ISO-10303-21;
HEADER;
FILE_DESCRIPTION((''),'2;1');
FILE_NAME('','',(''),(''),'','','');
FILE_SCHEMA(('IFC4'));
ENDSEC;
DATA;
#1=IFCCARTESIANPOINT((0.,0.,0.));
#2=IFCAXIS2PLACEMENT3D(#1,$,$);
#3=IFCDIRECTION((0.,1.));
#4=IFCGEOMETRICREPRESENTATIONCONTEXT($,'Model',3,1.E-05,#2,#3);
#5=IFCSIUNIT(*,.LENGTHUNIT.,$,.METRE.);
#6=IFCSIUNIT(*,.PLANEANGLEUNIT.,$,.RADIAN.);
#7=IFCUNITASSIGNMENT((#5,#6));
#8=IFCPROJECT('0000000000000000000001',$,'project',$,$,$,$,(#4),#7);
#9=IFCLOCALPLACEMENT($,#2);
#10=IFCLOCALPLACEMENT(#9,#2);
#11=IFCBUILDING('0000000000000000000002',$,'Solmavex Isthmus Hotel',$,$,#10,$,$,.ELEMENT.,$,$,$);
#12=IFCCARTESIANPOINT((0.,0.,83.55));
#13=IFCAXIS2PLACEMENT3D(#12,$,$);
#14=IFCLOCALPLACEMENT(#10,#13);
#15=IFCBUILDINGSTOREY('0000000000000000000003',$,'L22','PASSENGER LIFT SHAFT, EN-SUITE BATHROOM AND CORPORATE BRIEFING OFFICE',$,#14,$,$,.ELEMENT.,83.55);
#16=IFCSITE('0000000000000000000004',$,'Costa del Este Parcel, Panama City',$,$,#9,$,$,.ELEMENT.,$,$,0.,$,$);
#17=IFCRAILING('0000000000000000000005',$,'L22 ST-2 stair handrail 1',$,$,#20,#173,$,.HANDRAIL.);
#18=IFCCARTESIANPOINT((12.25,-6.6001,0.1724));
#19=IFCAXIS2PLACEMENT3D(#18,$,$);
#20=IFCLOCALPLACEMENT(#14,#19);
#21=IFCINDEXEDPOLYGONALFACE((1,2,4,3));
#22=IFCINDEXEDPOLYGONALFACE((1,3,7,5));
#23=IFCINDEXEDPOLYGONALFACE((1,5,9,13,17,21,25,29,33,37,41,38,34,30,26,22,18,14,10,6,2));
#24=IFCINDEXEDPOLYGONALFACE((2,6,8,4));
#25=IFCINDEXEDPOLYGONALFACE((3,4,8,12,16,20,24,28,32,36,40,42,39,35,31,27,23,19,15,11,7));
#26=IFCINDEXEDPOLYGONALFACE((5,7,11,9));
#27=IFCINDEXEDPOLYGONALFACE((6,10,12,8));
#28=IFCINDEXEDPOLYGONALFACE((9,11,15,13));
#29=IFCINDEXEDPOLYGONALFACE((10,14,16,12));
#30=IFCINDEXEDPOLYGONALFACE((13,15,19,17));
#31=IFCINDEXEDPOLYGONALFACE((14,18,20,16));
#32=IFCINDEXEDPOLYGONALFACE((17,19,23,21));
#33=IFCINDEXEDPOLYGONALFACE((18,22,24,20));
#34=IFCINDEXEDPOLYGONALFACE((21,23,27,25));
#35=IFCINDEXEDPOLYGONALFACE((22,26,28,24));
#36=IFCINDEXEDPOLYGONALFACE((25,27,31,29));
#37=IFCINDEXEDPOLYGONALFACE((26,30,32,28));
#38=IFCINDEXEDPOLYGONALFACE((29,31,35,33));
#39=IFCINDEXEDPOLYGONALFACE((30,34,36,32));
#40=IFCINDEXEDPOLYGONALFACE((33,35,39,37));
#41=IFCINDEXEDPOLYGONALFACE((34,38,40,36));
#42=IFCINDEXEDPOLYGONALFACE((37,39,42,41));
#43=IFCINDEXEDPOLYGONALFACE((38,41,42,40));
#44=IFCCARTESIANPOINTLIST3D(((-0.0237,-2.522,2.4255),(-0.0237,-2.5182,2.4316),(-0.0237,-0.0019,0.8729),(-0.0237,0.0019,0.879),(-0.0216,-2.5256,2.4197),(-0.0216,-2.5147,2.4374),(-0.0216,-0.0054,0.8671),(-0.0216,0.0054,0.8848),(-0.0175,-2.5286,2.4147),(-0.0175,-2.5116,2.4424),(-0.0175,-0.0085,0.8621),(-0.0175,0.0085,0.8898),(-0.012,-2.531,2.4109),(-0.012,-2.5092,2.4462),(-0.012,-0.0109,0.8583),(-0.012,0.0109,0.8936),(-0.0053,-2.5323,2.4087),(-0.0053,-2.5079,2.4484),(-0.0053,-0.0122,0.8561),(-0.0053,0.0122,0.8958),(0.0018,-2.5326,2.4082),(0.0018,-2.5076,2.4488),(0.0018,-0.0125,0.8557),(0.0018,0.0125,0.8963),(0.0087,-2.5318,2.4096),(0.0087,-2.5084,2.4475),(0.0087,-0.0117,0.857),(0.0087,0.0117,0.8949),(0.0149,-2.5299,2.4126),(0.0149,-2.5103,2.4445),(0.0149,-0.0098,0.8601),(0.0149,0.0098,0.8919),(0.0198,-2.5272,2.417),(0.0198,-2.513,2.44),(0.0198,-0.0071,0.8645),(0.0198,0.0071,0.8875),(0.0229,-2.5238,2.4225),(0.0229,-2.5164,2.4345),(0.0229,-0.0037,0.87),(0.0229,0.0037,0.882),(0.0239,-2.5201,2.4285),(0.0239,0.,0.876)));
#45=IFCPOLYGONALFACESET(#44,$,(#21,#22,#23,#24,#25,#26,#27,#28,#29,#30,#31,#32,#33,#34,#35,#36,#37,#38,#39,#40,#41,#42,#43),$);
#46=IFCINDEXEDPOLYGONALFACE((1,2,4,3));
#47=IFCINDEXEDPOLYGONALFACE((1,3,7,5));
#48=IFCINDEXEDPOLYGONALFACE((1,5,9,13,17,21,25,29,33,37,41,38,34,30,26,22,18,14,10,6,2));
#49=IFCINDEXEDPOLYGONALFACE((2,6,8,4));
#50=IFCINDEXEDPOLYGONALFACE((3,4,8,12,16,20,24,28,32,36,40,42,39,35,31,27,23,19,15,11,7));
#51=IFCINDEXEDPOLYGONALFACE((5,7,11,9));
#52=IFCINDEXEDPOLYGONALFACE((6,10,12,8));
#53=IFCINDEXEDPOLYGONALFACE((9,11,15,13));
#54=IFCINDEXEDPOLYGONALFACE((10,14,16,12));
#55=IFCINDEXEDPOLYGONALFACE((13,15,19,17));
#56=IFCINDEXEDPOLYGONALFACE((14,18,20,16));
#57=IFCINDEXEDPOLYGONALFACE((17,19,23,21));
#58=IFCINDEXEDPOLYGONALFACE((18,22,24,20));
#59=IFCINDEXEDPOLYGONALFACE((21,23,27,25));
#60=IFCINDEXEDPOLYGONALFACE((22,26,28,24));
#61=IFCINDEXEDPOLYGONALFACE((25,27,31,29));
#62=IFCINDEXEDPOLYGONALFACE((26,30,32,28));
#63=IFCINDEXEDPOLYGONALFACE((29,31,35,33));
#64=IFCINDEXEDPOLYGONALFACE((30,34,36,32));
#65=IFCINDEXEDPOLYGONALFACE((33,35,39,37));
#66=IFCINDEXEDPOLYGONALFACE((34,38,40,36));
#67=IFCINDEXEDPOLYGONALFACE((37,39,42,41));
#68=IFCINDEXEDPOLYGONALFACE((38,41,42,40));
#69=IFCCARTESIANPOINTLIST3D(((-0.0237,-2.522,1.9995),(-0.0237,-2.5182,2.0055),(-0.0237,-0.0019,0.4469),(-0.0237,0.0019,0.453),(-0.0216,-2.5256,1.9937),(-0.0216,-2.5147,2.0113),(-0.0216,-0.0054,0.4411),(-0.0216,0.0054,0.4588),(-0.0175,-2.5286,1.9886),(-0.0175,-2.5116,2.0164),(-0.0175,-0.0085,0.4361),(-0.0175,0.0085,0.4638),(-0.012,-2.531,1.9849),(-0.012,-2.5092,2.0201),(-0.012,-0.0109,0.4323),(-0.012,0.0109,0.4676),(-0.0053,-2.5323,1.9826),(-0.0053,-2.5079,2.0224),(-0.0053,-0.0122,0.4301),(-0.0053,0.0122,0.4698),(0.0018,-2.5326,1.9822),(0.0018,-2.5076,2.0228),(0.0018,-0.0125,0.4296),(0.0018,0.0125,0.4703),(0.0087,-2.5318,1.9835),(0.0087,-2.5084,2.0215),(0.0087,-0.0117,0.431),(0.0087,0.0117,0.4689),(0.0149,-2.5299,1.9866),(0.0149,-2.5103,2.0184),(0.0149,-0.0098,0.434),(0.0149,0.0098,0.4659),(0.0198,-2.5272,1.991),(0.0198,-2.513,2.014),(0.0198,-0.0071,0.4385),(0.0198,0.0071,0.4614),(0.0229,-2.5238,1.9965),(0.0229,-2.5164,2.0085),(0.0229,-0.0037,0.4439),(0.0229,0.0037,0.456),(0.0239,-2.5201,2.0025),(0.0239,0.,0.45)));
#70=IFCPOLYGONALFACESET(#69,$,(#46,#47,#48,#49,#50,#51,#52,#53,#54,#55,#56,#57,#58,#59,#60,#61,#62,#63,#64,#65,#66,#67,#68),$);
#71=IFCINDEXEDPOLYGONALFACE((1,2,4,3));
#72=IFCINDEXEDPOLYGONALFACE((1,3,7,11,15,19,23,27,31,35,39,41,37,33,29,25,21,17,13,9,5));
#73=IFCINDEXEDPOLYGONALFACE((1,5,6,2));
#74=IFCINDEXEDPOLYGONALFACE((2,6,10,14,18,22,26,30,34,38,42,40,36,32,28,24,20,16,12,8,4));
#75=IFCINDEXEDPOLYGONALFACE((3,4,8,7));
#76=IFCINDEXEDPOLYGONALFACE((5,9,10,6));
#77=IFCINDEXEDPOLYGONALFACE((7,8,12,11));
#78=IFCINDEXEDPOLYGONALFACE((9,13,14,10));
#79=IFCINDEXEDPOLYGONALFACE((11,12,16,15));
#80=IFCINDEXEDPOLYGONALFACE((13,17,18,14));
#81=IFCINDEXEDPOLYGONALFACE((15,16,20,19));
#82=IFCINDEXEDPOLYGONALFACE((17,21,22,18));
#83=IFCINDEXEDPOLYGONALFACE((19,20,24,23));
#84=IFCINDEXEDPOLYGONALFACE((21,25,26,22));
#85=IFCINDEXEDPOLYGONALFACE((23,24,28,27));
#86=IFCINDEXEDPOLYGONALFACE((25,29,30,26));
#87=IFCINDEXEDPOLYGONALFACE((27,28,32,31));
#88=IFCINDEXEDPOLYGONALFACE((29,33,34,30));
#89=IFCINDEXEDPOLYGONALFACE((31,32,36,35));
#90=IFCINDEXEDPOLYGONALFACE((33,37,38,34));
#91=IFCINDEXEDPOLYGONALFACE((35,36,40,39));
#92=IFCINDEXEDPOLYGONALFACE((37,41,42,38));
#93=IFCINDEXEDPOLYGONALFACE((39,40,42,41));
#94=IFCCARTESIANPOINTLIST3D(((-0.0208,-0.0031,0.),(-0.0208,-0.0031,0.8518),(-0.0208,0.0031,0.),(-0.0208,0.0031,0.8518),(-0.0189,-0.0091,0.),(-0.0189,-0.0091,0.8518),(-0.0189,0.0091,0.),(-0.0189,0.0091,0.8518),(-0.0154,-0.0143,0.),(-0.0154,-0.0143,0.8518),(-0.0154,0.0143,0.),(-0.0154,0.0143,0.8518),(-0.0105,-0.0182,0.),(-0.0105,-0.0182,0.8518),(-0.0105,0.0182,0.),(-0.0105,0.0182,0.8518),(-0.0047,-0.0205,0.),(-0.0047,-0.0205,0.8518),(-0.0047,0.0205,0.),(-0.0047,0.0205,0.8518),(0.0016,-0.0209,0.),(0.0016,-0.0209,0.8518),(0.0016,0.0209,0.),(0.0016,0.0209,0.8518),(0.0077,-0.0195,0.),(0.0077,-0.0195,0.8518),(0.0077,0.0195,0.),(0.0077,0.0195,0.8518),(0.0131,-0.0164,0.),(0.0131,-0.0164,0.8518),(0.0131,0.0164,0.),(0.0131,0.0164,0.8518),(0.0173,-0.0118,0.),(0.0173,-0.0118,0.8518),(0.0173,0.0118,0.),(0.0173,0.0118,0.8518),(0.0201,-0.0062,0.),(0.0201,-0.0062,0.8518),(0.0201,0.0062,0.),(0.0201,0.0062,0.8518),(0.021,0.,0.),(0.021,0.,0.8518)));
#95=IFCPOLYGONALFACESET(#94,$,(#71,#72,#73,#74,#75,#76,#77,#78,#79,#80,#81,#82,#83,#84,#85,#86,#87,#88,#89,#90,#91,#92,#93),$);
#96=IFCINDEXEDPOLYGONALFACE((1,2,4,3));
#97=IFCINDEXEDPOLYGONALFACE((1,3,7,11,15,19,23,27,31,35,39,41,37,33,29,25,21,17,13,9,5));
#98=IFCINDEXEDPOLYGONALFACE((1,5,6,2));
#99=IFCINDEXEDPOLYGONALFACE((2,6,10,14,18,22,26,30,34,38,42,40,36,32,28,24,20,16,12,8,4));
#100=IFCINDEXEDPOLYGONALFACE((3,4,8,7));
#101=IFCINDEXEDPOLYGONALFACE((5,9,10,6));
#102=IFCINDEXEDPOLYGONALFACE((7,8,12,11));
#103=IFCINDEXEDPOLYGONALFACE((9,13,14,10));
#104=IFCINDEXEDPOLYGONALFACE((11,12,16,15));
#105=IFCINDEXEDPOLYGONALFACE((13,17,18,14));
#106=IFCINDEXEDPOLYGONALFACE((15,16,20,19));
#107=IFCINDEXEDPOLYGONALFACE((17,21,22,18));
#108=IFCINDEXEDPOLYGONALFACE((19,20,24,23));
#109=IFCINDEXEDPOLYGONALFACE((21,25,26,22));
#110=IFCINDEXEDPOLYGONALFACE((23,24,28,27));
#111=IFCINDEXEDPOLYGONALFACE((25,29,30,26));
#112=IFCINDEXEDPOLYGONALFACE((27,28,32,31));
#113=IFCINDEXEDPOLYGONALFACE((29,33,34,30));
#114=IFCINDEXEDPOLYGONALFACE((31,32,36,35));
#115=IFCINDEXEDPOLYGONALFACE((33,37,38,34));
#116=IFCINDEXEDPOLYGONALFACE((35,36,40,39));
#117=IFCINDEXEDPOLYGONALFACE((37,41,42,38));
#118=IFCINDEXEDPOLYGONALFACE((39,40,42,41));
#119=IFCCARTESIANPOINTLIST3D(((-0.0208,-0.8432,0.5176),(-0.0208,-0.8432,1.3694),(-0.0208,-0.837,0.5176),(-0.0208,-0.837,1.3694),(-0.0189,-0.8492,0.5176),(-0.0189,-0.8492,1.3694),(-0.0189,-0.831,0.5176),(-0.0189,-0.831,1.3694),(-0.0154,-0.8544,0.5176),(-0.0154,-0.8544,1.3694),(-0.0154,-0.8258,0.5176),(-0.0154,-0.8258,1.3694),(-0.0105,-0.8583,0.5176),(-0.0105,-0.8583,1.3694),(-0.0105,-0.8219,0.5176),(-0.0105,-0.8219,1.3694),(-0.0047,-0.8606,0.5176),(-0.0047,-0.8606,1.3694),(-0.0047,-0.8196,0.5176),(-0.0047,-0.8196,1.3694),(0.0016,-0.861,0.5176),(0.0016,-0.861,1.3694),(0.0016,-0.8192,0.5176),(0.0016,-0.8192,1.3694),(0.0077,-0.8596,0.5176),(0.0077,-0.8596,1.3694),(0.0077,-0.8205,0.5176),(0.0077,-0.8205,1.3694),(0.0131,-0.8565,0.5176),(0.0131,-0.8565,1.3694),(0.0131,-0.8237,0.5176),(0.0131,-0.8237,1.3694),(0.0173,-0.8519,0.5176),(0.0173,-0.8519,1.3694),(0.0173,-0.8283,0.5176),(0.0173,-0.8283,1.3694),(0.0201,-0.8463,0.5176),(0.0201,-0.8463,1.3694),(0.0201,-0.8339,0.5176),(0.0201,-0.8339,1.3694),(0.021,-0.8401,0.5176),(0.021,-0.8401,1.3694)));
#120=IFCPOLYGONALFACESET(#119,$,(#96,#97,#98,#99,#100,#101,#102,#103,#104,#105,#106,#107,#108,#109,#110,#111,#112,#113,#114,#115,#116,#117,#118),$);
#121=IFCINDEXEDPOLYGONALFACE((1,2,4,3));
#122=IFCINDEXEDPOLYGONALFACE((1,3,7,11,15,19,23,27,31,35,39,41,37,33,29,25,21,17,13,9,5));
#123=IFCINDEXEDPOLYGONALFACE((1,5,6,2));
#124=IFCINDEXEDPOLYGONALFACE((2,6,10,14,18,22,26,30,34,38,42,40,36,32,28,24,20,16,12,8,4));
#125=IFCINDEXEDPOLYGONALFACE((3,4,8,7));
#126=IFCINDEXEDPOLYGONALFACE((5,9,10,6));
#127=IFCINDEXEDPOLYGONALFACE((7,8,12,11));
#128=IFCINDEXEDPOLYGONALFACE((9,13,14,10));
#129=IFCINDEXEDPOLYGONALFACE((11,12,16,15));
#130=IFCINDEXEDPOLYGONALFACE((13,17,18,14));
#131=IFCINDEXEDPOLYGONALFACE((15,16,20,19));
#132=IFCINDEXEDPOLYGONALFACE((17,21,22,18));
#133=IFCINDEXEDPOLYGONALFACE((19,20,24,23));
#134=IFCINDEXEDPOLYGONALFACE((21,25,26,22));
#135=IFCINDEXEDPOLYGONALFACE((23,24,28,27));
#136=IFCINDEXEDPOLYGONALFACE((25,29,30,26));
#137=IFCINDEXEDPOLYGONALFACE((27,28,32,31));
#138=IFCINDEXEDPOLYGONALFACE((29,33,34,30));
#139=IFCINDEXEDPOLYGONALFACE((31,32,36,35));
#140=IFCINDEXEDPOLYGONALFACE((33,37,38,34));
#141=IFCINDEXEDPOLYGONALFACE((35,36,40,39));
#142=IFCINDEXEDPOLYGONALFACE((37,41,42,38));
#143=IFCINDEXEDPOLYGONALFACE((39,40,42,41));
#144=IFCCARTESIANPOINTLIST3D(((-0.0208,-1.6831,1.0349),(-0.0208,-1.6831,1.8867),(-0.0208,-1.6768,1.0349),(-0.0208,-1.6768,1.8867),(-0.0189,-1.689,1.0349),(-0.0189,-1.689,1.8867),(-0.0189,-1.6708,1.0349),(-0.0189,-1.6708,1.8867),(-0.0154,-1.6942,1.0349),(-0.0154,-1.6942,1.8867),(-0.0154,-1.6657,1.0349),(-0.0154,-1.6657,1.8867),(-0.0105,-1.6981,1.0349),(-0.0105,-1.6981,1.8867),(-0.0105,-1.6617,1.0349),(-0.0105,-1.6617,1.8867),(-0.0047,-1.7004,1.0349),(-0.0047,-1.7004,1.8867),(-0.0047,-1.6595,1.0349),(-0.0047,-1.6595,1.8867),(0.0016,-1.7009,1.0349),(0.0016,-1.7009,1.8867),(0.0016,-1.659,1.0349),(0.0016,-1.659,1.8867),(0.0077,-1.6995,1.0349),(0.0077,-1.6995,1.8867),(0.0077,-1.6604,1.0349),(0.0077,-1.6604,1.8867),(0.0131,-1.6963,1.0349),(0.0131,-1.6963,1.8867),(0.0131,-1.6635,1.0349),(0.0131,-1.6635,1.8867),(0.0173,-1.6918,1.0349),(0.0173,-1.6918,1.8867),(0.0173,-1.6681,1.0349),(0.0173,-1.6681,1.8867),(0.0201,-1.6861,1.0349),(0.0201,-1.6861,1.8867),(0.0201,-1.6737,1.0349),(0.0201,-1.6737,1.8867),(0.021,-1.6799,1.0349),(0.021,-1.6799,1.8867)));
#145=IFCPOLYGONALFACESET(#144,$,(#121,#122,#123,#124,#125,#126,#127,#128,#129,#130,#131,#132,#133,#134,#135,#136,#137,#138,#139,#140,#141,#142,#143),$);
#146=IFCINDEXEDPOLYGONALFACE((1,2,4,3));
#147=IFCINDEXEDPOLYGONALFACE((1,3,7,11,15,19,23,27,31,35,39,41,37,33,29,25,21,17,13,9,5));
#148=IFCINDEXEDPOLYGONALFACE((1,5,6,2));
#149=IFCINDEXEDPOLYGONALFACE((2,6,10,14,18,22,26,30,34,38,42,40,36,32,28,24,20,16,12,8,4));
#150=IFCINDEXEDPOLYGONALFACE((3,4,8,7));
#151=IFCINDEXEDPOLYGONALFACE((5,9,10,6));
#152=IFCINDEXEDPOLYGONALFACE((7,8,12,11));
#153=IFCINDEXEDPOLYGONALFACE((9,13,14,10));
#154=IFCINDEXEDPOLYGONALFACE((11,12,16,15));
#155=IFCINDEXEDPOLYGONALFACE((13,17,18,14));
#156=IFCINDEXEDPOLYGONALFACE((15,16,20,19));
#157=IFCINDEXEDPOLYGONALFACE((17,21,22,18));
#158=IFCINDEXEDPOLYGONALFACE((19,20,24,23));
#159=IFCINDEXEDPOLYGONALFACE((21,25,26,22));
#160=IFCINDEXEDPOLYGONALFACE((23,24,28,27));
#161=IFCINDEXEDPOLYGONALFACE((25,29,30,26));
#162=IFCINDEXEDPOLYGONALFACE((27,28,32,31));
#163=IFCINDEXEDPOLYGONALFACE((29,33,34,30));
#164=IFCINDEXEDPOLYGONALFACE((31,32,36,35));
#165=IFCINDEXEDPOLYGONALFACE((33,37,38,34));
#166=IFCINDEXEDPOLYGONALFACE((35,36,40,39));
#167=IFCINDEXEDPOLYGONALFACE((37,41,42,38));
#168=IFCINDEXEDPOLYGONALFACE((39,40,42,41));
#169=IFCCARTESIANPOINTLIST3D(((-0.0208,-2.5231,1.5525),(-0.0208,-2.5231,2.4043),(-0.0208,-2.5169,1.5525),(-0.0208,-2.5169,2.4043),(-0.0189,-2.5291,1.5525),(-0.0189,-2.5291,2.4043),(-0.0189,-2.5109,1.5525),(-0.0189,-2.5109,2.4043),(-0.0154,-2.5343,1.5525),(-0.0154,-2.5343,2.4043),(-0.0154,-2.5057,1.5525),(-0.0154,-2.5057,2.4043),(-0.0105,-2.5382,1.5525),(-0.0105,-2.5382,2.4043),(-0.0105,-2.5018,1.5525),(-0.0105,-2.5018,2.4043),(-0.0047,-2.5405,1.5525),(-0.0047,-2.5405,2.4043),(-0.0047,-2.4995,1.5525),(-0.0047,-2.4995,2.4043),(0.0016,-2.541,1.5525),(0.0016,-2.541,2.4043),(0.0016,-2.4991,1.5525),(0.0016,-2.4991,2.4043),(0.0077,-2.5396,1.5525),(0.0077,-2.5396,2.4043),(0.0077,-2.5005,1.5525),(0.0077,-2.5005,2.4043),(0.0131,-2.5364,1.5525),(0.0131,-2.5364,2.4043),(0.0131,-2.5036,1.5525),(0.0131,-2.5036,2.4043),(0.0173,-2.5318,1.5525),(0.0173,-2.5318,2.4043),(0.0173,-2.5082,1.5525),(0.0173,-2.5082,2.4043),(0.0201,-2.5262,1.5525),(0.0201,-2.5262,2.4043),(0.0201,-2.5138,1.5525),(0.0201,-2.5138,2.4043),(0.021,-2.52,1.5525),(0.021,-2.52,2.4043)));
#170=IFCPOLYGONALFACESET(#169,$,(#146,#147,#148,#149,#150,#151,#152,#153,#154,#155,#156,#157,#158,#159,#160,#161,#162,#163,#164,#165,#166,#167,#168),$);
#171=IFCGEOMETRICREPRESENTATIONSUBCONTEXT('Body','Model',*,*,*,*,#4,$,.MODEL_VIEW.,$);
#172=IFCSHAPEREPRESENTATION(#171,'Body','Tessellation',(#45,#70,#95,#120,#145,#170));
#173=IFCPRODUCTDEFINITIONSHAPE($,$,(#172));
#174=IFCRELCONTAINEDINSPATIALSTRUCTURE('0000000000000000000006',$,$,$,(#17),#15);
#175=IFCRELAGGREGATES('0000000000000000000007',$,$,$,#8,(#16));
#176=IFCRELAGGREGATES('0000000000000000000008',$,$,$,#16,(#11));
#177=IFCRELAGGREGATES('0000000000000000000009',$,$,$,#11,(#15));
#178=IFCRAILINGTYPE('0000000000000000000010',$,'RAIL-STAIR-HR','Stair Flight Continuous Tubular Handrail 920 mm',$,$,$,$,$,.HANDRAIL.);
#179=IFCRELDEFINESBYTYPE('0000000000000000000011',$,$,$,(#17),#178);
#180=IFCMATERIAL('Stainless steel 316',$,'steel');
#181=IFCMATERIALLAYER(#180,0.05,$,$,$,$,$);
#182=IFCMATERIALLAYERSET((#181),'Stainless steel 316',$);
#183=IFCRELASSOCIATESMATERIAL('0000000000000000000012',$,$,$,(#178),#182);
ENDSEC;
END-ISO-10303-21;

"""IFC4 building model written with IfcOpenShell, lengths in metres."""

from ifc_helpers import new_model, si_unit, direction, frame, origin, origin_2d, place, context, subcontext, project, spatial, circle, extrude, material, layer, layer_set, type_object, element, save


model = new_model("IFC4")

# Units and contexts
model_context = context("Model", 3, precision=1e-05, world=origin(), true_north=direction((0.0, 1.0)))
body_context = subcontext(model_context, "Body", "Model", "MODEL_VIEW")
ifc_project = project(units=[si_unit("LENGTHUNIT", "METRE"), si_unit("PLANEANGLEUNIT", "RADIAN")], contexts=[model_context])

# Site, building, storey
site_placement = place(None, origin())
site = spatial("IfcSite", under=ifc_project, at=site_placement, Name="Costa del Este Parcel, Panama City", CompositionType="ELEMENT", RefElevation=0.0)
building_placement = place(site_placement, origin())
building = spatial("IfcBuilding", under=site, at=building_placement, Name="Solmavex Isthmus Hotel", CompositionType="ELEMENT")
storey_placement = place(building_placement, frame((0.0, 0.0, 83.55)))
storey = spatial("IfcBuildingStorey", under=building, at=storey_placement, Name="L22", Description="PASSENGER LIFT SHAFT, EN-SUITE BATHROOM AND CORPORATE BRIEFING OFFICE", CompositionType="ELEMENT", Elevation=83.55)

# Shared definitions
ifc_material_1 = material(Name="Stainless steel 316", Category="steel")

# Railing
ifc_layer_1 = layer(ifc_material_1, 0.05)
ifc_layer_set_1 = layer_set([ifc_layer_1], Name="Stainless steel 316")
railing_type = type_object("IfcRailingType", Name="RAIL-STAIR-HR", Description="Stair Flight Continuous Tubular Handrail 920 mm", PredefinedType="HANDRAIL", material=ifc_layer_set_1)
railing_placement = place(storey_placement, frame((12.25, -6.6001, 0.1724)))
element("IfcRailing", 1, at=railing_placement, inside=storey, type_object=railing_type, Name="L22 ST-2 stair handrail 1", PredefinedType="HANDRAIL", context=body_context, shape_type="SweptSolid", body=[
    extrude(circle(Radius=0.0239, at=origin_2d()), frame((0.0, 0.0, 0.876), z_axis=(0.0, -0.8514, 0.524516), x_axis=(1.0, 0.0, 0.0)), (0.0, 0.0, 1.0), 2.96),
    extrude(circle(Radius=0.0239, at=origin_2d()), frame((0.0, 0.0, 0.45), z_axis=(0.0, -0.8514, 0.524516), x_axis=(1.0, 0.0, 0.0)), (0.0, 0.0, 1.0), 2.96),
    extrude(circle(Radius=0.021, at=origin_2d()), origin(), (0.0, 0.0, 1.0), 0.8518),
    extrude(circle(Radius=0.021, at=origin_2d()), frame((0.0, -0.8401, 0.5176)), (0.0, 0.0, 1.0), 0.8518),
    extrude(circle(Radius=0.021, at=origin_2d()), frame((0.0, -1.6799, 1.0349)), (0.0, 0.0, 1.0), 0.8518),
    extrude(circle(Radius=0.021, at=origin_2d()), frame((0.0, -2.52, 1.5525)), (0.0, 0.0, 1.0), 0.8518),
])

save(model, "model.ifc")
